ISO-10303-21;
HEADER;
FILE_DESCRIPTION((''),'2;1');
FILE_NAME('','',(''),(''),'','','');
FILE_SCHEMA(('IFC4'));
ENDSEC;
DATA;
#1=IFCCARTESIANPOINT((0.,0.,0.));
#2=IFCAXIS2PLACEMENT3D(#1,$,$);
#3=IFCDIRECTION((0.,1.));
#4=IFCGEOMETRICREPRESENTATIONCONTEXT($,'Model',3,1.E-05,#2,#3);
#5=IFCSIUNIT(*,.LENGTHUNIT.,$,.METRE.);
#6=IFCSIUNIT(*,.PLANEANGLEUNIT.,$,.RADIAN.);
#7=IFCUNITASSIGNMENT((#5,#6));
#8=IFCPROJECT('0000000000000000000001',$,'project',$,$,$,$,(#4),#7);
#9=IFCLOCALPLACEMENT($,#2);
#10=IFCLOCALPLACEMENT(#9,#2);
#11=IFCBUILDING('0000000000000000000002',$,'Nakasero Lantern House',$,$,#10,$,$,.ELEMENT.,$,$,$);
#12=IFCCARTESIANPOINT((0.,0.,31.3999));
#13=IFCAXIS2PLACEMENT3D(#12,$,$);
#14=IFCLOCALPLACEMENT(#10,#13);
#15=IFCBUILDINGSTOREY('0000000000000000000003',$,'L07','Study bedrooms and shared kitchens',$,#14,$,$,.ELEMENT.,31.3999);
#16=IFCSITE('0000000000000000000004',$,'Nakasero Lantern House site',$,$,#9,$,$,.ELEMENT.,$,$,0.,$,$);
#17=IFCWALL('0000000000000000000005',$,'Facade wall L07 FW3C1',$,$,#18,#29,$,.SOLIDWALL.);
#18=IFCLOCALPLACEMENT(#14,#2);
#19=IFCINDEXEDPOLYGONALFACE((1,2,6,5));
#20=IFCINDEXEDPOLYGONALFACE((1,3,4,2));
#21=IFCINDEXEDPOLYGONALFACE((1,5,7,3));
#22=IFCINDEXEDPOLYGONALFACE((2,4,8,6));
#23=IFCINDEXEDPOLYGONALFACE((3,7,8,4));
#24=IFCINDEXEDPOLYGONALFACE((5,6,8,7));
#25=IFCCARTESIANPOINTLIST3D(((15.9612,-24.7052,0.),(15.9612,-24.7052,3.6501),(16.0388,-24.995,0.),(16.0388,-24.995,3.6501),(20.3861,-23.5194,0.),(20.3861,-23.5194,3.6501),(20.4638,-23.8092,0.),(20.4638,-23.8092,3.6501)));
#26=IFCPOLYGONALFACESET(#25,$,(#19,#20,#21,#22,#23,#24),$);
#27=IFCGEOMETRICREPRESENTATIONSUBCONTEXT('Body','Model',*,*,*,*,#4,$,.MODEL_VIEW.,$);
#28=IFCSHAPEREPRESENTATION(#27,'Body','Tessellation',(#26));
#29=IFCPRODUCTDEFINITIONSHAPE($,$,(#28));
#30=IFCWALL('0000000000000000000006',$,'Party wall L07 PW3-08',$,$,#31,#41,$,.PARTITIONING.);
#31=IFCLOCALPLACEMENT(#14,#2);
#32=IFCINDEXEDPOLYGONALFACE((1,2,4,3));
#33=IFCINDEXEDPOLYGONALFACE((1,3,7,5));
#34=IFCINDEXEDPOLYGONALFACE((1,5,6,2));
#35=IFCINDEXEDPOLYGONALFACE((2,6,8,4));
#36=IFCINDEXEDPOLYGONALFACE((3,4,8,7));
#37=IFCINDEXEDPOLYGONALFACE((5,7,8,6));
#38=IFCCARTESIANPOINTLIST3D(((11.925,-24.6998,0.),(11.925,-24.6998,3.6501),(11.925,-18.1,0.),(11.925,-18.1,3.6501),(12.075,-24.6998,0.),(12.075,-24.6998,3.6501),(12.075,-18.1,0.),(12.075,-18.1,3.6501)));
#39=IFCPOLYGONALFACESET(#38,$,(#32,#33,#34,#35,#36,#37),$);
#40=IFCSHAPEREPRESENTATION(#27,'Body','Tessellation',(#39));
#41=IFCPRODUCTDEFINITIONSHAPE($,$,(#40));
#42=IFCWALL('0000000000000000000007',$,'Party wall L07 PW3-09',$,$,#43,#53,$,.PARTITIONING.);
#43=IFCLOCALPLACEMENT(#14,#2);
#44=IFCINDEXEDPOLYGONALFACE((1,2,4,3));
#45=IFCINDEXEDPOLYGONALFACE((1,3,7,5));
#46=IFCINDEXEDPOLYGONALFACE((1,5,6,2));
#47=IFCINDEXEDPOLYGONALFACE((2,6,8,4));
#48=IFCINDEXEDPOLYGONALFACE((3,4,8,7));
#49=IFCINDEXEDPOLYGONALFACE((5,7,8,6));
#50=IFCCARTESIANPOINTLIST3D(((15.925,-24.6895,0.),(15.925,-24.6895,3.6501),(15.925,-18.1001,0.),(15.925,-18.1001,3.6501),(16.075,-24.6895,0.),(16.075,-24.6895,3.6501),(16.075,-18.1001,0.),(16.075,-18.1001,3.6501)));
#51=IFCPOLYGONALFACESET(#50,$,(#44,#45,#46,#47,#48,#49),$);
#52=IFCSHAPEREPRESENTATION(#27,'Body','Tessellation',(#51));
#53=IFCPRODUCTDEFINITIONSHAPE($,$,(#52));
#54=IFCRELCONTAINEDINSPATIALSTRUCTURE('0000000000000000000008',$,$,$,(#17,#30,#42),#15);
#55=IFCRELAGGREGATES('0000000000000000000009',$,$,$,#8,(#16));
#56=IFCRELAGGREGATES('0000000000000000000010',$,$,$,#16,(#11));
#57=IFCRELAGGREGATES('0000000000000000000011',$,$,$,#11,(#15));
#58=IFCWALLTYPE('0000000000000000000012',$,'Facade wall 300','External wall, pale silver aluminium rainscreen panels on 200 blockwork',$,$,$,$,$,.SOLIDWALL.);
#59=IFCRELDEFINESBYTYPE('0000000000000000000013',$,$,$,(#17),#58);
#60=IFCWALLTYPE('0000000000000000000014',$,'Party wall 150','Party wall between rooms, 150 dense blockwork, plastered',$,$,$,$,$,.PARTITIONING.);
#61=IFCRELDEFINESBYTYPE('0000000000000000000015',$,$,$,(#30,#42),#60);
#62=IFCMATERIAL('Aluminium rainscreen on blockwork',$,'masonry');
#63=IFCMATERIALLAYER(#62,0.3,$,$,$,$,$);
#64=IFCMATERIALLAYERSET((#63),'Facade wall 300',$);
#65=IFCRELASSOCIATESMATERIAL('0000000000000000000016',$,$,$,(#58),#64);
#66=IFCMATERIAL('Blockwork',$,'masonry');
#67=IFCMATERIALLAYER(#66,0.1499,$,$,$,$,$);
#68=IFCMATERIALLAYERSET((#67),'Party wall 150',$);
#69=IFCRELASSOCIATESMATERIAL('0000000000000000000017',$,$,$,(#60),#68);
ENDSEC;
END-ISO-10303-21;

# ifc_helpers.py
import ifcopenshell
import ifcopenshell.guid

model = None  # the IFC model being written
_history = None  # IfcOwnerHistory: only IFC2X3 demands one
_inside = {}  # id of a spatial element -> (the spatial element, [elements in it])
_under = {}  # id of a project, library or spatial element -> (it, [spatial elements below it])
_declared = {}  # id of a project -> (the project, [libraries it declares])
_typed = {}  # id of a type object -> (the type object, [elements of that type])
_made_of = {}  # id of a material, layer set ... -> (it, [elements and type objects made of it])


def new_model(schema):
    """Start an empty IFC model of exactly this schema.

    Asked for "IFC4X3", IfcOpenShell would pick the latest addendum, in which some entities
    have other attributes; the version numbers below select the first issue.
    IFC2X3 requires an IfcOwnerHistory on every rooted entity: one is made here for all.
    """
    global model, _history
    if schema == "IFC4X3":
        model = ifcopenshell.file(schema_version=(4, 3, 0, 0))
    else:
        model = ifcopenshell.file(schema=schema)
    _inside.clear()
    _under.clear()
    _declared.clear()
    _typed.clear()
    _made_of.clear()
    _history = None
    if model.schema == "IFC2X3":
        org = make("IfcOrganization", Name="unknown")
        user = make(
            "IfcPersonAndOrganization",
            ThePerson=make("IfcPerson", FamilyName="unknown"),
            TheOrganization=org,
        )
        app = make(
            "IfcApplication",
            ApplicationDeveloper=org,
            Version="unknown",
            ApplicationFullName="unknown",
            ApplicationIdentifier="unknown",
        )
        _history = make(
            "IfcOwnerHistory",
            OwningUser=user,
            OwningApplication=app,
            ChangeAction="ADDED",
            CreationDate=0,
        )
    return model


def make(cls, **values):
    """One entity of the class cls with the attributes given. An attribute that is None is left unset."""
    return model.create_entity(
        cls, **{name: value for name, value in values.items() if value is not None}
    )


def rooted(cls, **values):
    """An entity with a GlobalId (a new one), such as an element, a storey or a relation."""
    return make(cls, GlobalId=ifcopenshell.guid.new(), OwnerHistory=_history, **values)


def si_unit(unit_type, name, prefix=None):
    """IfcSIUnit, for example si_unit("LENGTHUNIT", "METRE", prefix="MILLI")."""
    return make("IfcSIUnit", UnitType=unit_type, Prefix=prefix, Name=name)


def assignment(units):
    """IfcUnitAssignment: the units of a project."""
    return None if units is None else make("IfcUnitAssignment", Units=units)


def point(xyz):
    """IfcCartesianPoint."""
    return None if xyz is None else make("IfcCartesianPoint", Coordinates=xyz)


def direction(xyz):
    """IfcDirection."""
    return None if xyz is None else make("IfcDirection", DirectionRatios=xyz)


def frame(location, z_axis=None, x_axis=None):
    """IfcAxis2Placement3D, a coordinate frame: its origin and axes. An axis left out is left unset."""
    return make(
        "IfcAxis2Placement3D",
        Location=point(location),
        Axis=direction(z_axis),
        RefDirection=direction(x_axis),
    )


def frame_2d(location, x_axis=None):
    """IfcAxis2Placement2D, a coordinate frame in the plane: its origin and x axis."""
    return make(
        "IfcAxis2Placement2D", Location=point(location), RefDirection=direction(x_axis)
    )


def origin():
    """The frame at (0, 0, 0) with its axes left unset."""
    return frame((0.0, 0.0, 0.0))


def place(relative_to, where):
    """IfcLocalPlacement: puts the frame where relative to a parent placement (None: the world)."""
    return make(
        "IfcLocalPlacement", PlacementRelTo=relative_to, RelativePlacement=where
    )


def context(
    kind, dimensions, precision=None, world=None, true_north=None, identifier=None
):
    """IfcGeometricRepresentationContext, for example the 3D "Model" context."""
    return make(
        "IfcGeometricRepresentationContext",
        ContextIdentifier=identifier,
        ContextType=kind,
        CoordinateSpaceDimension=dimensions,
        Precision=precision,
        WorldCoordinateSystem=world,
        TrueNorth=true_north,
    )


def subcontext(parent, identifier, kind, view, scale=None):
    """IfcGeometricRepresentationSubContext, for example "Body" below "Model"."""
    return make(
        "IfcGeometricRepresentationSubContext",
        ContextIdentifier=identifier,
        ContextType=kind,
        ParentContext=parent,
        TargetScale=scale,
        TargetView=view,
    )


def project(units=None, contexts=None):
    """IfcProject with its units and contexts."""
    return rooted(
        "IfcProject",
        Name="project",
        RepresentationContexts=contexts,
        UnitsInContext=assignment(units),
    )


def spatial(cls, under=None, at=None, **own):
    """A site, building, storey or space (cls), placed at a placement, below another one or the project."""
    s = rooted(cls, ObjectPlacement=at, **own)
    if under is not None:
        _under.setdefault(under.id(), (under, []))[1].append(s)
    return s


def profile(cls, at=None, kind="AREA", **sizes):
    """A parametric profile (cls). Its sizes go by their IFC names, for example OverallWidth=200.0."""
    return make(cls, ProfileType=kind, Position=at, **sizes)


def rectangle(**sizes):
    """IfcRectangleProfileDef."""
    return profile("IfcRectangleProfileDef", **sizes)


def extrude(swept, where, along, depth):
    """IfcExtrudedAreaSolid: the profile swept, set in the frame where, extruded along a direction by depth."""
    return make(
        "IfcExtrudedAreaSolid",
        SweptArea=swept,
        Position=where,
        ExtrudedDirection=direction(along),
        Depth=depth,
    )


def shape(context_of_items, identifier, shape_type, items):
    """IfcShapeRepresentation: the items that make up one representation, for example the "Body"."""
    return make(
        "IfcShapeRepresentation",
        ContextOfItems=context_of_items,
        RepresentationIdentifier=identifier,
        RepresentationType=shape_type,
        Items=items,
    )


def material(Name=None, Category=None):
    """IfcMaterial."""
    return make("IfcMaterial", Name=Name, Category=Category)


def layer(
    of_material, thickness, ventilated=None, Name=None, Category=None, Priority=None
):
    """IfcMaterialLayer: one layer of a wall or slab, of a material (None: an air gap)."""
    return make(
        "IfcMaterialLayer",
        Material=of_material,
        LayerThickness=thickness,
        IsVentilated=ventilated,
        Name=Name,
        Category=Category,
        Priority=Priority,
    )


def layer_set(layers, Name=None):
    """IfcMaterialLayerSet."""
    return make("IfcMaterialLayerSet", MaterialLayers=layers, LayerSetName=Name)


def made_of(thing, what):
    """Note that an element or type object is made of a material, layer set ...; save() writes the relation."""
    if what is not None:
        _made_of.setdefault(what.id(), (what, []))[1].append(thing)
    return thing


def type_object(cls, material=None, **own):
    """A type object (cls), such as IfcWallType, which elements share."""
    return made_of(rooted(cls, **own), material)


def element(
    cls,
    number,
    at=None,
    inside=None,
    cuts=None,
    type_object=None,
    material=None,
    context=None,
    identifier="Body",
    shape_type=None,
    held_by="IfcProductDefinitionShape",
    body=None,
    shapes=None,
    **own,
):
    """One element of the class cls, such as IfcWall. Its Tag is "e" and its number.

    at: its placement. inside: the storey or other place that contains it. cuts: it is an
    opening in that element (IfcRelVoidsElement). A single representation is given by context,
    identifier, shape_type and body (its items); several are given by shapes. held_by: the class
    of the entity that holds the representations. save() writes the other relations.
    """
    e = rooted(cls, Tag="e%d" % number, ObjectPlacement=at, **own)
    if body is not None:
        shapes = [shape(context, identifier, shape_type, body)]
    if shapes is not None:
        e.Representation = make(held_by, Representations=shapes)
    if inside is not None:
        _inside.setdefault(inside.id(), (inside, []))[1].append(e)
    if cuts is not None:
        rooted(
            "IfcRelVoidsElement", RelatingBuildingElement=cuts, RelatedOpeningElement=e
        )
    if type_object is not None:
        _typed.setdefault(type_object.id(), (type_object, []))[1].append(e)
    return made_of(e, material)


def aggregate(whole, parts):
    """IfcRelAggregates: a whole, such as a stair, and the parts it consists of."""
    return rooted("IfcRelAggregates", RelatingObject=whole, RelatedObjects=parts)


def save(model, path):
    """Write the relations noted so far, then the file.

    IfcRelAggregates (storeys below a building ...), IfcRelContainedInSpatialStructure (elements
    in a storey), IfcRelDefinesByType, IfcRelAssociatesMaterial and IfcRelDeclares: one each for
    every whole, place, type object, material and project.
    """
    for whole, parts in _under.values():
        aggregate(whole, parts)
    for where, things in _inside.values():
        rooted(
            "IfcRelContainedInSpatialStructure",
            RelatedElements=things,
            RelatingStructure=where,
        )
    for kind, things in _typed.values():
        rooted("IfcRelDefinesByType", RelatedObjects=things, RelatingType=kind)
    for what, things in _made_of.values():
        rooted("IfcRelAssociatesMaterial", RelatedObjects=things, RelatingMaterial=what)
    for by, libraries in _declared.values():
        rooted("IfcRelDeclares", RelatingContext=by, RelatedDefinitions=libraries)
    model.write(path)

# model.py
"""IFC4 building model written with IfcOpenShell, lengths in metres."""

from ifc_helpers import new_model, si_unit, direction, frame, frame_2d, origin, place, context, subcontext, project, spatial, rectangle, extrude, material, layer, layer_set, type_object, element, save


model = new_model("IFC4")

# Units and contexts
model_context = context("Model", 3, precision=1e-05, world=origin(), true_north=direction((0.0, 1.0)))
body_context = subcontext(model_context, "Body", "Model", "MODEL_VIEW")
ifc_project = project(units=[si_unit("LENGTHUNIT", "METRE"), si_unit("PLANEANGLEUNIT", "RADIAN")], contexts=[model_context])

# Site, building, storey
site_placement = place(None, origin())
site = spatial("IfcSite", under=ifc_project, at=site_placement, Name="Nakasero Lantern House site", CompositionType="ELEMENT", RefElevation=0.0)
building_placement = place(site_placement, origin())
building = spatial("IfcBuilding", under=site, at=building_placement, Name="Nakasero Lantern House", CompositionType="ELEMENT")
storey_placement = place(building_placement, frame((0.0, 0.0, 31.3999)))
storey = spatial("IfcBuildingStorey", under=building, at=storey_placement, Name="L07", Description="Study bedrooms and shared kitchens", CompositionType="ELEMENT", Elevation=31.3999)

# Walls
ifc_material_1 = material(Name="Aluminium rainscreen on blockwork", Category="masonry")
ifc_layer_1 = layer(ifc_material_1, 0.3)
ifc_layer_set_1 = layer_set([ifc_layer_1], Name="Facade wall 300")
wall_type_1 = type_object("IfcWallType", Name="Facade wall 300", Description="External wall, pale silver aluminium rainscreen panels on 200 blockwork", PredefinedType="SOLIDWALL", material=ifc_layer_set_1)
wall_1_placement = place(storey_placement, frame((16.0, -24.8501, 0.0), z_axis=(0.0, 0.0, 1.0), x_axis=(0.96592, 0.25884, 0.0)))
element("IfcWall", 1, at=wall_1_placement, inside=storey, type_object=wall_type_1, Name="Facade wall L07 FW3C1", PredefinedType="SOLIDWALL", context=body_context, shape_type="SweptSolid", body=[
    extrude(rectangle(XDim=4.5811, YDim=0.3, at=frame_2d((2.2905, 0.0))), origin(), (0.0, 0.0, 1.0), 3.6501),
])
ifc_material_2 = material(Name="Blockwork", Category="masonry")
ifc_layer_2 = layer(ifc_material_2, 0.1499)
ifc_layer_set_2 = layer_set([ifc_layer_2], Name="Party wall 150")
wall_type_2 = type_object("IfcWallType", Name="Party wall 150", Description="Party wall between rooms, 150 dense blockwork, plastered", PredefinedType="PARTITIONING", material=ifc_layer_set_2)
wall_2_placement = place(storey_placement, frame((12.0, -18.1001, 0.0), z_axis=(0.0, 0.0, 1.0), x_axis=(0.0, -1.0, 0.0)))
element("IfcWall", 2, at=wall_2_placement, inside=storey, type_object=wall_type_2, Name="Party wall L07 PW3-08", PredefinedType="PARTITIONING", context=body_context, shape_type="SweptSolid", body=[
    extrude(rectangle(XDim=6.5999, YDim=0.1499, at=frame_2d((3.2998, 0.0))), origin(), (0.0, 0.0, 1.0), 3.6501),
])
wall_3_placement = place(storey_placement, frame((16.0, -18.1001, 0.0), z_axis=(0.0, 0.0, 1.0), x_axis=(0.0, -1.0, 0.0)))
element("IfcWall", 3, at=wall_3_placement, inside=storey, type_object=wall_type_2, Name="Party wall L07 PW3-09", PredefinedType="PARTITIONING", context=body_context, shape_type="SweptSolid", body=[
    extrude(rectangle(XDim=6.5894, YDim=0.1499, at=frame_2d((3.2947, 0.0))), origin(), (0.0, 0.0, 1.0), 3.6501),
])

save(model, "model.ifc")
